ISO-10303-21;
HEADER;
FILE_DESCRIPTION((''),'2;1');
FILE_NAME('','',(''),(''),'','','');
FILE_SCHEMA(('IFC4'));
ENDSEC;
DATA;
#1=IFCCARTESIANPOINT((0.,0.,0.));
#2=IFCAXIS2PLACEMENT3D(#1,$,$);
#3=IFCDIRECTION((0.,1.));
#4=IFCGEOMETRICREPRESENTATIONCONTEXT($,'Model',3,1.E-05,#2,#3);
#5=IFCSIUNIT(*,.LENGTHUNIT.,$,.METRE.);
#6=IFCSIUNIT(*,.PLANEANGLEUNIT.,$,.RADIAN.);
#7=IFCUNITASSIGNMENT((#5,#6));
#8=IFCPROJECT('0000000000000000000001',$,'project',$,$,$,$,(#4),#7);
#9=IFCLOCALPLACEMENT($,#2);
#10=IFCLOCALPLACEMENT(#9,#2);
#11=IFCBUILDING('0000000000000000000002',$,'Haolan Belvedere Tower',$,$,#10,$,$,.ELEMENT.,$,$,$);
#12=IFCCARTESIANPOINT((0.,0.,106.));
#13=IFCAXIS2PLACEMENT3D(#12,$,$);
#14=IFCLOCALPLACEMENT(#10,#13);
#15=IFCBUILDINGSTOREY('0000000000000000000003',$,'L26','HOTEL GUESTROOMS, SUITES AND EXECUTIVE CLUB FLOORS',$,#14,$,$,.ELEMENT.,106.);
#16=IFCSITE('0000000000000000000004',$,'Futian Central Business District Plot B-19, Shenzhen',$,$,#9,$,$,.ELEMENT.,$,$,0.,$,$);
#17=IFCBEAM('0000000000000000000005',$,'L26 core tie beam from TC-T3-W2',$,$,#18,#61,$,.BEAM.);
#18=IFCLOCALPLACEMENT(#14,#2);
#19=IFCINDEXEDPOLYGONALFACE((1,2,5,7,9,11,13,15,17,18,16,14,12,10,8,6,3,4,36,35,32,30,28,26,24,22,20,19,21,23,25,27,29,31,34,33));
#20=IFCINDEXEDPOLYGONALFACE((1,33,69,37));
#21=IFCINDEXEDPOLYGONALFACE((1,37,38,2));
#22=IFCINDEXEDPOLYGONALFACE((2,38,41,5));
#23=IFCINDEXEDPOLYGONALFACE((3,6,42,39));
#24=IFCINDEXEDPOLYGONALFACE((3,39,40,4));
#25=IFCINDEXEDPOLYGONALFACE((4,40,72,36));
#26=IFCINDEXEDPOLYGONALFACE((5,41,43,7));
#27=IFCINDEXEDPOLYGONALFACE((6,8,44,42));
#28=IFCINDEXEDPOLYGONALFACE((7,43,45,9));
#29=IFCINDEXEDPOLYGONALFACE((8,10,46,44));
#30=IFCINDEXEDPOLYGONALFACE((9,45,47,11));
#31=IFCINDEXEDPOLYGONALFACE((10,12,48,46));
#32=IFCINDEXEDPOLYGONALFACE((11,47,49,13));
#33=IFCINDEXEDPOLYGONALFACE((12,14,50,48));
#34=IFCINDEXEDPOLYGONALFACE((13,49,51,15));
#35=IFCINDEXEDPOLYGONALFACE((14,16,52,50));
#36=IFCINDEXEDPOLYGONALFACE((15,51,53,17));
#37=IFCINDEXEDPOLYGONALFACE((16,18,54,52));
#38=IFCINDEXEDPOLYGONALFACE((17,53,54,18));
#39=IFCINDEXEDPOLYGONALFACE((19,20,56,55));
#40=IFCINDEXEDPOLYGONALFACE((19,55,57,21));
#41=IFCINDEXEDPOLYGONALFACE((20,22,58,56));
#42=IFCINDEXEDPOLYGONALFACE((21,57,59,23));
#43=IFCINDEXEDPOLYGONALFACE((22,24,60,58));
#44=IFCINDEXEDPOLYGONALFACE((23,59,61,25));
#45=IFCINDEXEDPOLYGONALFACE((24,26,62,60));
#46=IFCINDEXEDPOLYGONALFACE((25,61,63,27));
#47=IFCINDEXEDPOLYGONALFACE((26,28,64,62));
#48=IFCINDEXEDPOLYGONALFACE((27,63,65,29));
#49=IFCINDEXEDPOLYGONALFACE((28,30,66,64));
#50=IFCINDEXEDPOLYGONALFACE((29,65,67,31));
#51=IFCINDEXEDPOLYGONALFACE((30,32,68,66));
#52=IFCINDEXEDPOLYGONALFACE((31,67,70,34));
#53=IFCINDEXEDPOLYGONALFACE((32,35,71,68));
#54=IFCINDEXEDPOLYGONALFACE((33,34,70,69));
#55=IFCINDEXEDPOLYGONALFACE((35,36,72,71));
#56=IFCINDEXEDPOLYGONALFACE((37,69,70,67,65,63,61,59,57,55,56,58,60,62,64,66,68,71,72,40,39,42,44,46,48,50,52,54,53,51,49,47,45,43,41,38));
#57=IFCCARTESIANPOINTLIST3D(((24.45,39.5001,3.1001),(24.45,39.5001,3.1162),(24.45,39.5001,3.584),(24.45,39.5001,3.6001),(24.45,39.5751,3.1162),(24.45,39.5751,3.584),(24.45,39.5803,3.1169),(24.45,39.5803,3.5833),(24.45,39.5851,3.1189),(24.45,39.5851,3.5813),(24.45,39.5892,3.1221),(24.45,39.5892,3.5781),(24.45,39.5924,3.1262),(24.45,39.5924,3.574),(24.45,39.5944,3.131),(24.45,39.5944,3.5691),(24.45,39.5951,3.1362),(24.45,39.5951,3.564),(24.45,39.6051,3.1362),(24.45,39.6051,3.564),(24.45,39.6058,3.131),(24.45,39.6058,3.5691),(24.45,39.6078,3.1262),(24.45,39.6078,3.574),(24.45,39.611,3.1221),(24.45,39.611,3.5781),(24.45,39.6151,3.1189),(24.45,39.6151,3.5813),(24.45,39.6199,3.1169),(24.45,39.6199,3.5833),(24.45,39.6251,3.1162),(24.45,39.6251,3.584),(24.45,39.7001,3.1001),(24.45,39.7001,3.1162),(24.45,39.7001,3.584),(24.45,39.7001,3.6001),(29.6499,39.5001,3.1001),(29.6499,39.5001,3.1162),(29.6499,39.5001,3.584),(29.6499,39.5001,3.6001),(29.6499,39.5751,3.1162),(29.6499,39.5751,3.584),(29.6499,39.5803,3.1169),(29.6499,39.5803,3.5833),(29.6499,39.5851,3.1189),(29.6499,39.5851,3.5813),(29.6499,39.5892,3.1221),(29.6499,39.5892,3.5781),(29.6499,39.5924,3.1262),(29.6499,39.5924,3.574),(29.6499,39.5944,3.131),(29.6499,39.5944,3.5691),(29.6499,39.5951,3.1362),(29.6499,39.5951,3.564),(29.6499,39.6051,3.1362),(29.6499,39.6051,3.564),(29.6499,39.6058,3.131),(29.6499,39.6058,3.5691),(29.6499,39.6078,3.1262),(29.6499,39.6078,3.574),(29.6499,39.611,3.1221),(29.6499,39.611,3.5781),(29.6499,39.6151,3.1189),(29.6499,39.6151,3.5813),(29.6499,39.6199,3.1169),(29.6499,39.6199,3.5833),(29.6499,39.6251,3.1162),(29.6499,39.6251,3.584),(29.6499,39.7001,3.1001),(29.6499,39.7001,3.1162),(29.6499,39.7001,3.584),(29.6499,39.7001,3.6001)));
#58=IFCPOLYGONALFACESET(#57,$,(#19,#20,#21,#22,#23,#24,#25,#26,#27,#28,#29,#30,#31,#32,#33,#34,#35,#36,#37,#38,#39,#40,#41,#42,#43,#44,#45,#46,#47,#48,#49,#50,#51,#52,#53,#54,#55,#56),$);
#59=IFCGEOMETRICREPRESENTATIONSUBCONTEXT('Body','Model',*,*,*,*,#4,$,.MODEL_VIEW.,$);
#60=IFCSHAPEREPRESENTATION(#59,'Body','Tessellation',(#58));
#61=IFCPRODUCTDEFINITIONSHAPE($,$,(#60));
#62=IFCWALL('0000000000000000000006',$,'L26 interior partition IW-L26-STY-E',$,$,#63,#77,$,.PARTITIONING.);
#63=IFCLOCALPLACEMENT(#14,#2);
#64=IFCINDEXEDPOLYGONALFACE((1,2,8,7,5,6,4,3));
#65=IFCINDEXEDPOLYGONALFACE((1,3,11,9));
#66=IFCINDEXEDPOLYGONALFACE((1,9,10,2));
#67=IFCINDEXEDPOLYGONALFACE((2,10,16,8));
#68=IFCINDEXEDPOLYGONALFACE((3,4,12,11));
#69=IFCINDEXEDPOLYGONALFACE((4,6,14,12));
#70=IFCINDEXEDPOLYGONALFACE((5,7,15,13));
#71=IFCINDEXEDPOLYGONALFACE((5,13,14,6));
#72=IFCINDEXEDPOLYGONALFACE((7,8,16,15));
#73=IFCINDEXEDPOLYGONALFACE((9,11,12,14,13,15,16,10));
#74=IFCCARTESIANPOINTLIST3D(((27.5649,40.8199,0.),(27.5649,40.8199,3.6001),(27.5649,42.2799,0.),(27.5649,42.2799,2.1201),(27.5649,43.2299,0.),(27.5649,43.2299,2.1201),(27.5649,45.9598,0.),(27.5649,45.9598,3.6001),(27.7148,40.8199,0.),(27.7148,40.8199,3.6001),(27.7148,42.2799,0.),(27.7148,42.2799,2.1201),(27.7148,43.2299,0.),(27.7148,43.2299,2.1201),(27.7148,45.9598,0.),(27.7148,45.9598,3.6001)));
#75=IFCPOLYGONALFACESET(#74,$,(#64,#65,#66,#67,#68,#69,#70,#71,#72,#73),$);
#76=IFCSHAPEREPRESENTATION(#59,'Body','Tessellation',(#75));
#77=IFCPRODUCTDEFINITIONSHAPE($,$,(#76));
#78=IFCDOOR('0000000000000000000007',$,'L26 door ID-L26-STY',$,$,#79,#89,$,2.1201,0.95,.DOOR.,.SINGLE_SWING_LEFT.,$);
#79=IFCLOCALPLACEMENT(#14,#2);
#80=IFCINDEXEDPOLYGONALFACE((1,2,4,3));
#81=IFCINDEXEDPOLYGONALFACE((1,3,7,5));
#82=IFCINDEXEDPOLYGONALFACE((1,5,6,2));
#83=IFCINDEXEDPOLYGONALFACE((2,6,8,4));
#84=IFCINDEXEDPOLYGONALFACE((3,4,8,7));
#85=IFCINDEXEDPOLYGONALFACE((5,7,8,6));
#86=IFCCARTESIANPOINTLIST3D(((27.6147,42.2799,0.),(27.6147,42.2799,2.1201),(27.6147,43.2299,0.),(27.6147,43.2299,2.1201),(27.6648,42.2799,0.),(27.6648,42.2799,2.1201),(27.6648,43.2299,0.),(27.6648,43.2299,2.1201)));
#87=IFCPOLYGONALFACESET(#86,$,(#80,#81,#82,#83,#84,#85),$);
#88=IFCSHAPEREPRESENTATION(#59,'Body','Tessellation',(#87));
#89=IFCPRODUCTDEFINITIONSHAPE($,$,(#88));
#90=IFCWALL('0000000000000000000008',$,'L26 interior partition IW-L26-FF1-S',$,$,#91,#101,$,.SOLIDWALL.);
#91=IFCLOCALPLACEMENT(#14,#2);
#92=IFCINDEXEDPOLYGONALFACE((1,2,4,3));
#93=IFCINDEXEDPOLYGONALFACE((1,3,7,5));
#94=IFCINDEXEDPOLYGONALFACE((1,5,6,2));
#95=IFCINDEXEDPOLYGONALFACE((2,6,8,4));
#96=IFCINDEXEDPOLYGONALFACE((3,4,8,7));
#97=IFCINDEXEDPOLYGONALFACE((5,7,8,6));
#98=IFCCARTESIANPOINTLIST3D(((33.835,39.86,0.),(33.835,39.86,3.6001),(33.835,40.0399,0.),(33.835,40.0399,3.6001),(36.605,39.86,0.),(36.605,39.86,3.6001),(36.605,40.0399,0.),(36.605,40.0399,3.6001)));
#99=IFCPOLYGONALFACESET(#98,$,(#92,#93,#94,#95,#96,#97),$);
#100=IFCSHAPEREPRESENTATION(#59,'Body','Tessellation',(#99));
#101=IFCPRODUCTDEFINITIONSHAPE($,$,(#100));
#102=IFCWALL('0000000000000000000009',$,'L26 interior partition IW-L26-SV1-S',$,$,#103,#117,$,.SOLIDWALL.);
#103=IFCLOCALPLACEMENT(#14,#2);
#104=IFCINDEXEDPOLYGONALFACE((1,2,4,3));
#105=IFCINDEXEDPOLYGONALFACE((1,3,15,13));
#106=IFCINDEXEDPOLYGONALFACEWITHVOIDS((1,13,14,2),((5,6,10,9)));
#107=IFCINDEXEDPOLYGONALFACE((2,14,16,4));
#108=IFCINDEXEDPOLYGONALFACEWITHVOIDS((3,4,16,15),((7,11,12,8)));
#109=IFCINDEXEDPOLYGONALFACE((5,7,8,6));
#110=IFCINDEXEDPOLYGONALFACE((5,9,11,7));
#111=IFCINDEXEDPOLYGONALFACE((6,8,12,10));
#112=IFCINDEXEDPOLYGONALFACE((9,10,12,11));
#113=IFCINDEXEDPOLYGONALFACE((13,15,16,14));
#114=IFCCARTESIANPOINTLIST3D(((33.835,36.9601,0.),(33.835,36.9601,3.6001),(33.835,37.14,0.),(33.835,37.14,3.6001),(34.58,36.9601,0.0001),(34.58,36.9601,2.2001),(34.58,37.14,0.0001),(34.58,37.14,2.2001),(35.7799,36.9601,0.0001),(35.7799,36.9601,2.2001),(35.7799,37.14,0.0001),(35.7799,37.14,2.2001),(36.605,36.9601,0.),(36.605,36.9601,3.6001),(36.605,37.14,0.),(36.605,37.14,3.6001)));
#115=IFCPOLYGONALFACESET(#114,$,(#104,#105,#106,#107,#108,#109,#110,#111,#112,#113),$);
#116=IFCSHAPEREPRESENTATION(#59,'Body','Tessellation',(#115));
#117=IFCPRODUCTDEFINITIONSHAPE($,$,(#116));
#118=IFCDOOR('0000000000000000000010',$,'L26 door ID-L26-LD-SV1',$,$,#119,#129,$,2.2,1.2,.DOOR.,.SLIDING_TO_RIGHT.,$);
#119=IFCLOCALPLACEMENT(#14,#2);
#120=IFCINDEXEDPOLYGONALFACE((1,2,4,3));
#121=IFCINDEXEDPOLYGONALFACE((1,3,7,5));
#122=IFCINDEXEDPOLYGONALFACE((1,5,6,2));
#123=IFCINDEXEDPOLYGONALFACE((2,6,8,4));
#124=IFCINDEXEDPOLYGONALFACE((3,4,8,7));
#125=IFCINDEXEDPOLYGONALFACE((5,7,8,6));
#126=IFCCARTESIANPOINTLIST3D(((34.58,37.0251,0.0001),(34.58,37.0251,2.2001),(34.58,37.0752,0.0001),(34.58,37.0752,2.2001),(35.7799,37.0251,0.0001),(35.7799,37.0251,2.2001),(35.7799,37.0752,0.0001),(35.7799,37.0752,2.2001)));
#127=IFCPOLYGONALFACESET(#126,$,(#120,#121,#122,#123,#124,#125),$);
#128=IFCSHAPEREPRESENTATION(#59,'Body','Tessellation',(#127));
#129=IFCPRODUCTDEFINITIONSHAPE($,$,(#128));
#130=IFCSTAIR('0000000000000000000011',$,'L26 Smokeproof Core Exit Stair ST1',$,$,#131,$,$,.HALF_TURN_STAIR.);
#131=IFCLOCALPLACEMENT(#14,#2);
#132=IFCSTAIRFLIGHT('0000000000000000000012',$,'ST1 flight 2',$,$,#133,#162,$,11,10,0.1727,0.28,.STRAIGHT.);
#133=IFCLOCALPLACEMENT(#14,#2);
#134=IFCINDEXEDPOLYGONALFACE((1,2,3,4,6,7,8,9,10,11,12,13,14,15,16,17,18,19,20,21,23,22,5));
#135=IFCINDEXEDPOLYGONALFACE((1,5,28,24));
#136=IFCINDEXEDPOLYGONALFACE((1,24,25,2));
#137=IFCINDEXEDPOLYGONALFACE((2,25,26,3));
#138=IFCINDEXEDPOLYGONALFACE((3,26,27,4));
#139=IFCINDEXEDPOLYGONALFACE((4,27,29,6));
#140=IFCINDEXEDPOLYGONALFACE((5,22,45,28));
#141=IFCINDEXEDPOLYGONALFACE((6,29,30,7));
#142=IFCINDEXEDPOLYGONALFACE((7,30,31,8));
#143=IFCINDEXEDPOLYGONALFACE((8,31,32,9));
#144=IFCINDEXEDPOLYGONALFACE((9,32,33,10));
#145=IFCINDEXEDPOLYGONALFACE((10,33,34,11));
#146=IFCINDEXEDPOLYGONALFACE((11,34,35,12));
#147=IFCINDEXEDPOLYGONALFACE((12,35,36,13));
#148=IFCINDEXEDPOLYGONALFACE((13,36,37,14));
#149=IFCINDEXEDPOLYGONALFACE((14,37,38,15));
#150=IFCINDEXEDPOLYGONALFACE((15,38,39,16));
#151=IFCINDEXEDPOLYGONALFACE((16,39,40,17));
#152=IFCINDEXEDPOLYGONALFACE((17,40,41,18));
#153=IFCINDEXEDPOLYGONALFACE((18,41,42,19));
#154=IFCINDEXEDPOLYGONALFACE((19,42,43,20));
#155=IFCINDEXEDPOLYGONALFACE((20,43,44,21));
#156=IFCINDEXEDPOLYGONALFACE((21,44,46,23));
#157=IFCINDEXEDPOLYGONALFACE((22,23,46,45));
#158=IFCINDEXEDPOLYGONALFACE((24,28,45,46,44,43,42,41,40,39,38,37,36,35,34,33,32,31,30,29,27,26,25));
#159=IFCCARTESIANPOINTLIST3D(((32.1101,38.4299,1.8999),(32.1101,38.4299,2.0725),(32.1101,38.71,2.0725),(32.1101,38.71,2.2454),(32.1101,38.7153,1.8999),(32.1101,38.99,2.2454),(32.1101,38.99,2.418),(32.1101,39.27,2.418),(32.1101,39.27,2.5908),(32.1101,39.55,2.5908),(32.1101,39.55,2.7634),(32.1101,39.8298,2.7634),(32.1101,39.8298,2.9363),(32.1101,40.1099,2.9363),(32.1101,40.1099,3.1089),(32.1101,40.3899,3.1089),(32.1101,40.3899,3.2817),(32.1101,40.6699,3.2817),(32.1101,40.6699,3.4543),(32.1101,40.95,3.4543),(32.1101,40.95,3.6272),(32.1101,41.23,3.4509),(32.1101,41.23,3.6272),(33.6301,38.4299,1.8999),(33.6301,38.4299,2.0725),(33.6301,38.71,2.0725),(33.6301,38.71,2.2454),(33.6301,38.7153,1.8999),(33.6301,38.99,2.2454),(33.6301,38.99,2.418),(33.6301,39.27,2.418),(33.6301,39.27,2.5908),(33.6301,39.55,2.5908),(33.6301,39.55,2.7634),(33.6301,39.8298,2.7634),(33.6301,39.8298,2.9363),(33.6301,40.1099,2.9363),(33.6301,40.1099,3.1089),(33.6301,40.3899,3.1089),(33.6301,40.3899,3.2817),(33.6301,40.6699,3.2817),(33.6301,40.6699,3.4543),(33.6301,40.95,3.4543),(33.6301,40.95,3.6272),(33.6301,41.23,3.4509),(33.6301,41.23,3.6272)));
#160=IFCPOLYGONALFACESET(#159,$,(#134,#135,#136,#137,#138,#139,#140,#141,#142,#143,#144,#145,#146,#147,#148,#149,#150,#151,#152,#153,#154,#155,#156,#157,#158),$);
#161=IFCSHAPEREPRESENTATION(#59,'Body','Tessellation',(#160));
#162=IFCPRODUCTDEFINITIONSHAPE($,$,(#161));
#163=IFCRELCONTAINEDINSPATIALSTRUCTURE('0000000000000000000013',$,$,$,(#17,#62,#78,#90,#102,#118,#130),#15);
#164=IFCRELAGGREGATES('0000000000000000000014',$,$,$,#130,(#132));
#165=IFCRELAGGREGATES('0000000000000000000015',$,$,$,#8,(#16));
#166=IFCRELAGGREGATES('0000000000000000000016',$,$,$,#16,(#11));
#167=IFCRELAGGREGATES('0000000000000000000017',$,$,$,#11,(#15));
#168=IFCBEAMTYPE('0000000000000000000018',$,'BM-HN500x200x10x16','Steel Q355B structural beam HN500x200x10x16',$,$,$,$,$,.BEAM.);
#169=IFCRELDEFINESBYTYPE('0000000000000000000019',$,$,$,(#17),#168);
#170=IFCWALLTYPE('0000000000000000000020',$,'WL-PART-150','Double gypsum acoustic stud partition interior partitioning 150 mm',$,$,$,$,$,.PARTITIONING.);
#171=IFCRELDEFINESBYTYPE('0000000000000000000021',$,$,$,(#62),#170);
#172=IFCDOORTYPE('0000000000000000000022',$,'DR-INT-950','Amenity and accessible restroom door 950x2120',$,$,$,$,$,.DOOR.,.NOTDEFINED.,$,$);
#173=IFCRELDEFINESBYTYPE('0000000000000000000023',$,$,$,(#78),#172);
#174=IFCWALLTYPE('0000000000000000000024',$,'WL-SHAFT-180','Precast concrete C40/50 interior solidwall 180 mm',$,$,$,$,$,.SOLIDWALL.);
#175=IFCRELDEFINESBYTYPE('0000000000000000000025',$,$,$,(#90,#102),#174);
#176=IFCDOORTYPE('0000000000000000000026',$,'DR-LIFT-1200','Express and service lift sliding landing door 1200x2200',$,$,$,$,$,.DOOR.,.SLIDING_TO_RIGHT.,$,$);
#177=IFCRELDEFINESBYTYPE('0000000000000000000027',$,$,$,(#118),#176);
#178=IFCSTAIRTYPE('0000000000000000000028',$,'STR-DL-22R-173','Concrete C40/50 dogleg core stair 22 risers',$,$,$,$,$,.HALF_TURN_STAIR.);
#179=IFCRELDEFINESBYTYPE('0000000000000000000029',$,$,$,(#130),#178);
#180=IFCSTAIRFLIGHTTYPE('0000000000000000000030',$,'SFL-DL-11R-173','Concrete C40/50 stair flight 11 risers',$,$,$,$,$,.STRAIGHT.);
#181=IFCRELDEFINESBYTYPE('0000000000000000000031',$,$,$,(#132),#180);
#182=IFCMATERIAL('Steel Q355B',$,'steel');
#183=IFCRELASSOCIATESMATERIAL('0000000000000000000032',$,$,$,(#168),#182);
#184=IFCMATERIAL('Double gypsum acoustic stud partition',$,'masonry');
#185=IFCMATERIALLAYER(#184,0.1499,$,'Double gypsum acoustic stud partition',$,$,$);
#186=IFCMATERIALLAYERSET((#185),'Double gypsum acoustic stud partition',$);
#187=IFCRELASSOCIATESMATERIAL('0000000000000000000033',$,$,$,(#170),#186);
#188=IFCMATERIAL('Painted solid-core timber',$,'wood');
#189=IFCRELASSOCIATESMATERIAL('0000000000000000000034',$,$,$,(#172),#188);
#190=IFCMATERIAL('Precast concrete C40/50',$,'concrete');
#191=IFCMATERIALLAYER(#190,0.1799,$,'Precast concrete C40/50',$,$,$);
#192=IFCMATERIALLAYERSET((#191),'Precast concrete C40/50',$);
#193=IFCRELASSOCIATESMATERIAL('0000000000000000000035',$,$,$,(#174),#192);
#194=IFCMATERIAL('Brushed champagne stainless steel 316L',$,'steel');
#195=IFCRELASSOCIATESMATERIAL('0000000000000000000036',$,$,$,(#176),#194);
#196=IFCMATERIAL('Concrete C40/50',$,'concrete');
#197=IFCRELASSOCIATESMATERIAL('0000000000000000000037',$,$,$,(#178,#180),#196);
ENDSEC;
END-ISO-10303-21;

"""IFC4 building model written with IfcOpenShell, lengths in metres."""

from ifc_helpers import new_model, si_unit, direction, frame, frame_2d, origin, origin_2d, place, context, subcontext, project, spatial, polyline, rectangle, i_section, outline, extrude, material, layer, layer_set, material_profile, profile_set, type_object, element, fill, aggregate, save


model = new_model("IFC4")

# Units and contexts
model_context = context("Model", 3, precision=1e-05, world=origin(), true_north=direction((0.0, 1.0)))
body_context = subcontext(model_context, "Body", "Model", "MODEL_VIEW")
ifc_project = project(units=[si_unit("LENGTHUNIT", "METRE"), si_unit("PLANEANGLEUNIT", "RADIAN")], contexts=[model_context])

# Site, building, storey
site_placement = place(None, origin())
site = spatial("IfcSite", under=ifc_project, at=site_placement, Name="Futian Central Business District Plot B-19, Shenzhen", CompositionType="ELEMENT", RefElevation=0.0)
building_placement = place(site_placement, origin())
building = spatial("IfcBuilding", under=site, at=building_placement, Name="Haolan Belvedere Tower", CompositionType="ELEMENT")
storey_placement = place(building_placement, frame((0.0, 0.0, 106.0)))
storey = spatial("IfcBuildingStorey", under=building, at=storey_placement, Name="L26", Description="HOTEL GUESTROOMS, SUITES AND EXECUTIVE CLUB FLOORS", CompositionType="ELEMENT", Elevation=106.0)

# Beam
ifc_material_1 = material(Name="Steel Q355B", Category="steel")
ifc_material_profile = material_profile(ifc_material_1, i_section(OverallWidth=0.2, OverallDepth=0.5, WebThickness=0.01, FlangeThickness=0.0161, FilletRadius=0.02, at=origin_2d()), Name="Steel Q355B")
ifc_profile_set = profile_set([ifc_material_profile], Name="Steel Q355B")
beam_type = type_object("IfcBeamType", Name="BM-HN500x200x10x16", Description="Steel Q355B structural beam HN500x200x10x16", PredefinedType="BEAM", material=ifc_profile_set)
beam_placement = place(storey_placement, frame((24.45, 39.6001, 3.3501), z_axis=(1.0, 0.0, 0.0), x_axis=(0.0, 1.0, 0.0)))
element("IfcBeam", 1, at=beam_placement, inside=storey, type_object=beam_type, Name="L26 core tie beam from TC-T3-W2", PredefinedType="BEAM", context=body_context, shape_type="SweptSolid", body=[
    extrude(i_section(OverallWidth=0.2, OverallDepth=0.5, WebThickness=0.01, FlangeThickness=0.0161, FilletRadius=0.02, at=origin_2d()), origin(), (0.0, 0.0, 1.0), 5.2),
])

# Wall, opening, door
ifc_material_2 = material(Name="Double gypsum acoustic stud partition", Category="masonry")
ifc_layer_1 = layer(ifc_material_2, 0.1499, Name="Double gypsum acoustic stud partition")
ifc_layer_set_1 = layer_set([ifc_layer_1], Name="Double gypsum acoustic stud partition")
wall_type_1 = type_object("IfcWallType", Name="WL-PART-150", Description="Double gypsum acoustic stud partition interior partitioning 150 mm", PredefinedType="PARTITIONING", material=ifc_layer_set_1)
ifc_material_3 = material(Name="Painted solid-core timber", Category="wood")
door_type_1 = type_object("IfcDoorType", Name="DR-INT-950", Description="Amenity and accessible restroom door 950x2120", OperationType="NOTDEFINED", PredefinedType="DOOR", material=ifc_material_3)
wall_1_placement = place(storey_placement, frame((27.6399, 40.8201, 0.0), z_axis=(0.0, 0.0, 1.0), x_axis=(0.0, 1.0, 0.0)))
wall_1 = element("IfcWall", 2, at=wall_1_placement, inside=storey, type_object=wall_type_1, Name="L26 interior partition IW-L26-STY-E", PredefinedType="PARTITIONING", context=body_context, shape_type="SweptSolid", body=[
    extrude(rectangle(XDim=5.1399, YDim=0.1499, at=frame_2d((2.5698, 0.0))), origin(), (0.0, 0.0, 1.0), 3.6001),
])
opening_1_placement = place(wall_1_placement, frame((2.4099, 0.0, 0.0), z_axis=(0.0, 0.0, 1.0), x_axis=(-1.0, 0.0, 0.0)))
opening_1 = element("IfcOpeningElement", 3, at=opening_1_placement, cuts=wall_1, PredefinedType="OPENING", context=body_context, shape_type="SweptSolid", body=[
    extrude(rectangle(XDim=0.95, YDim=2.1201, at=frame_2d((0.4751, 1.0601))), frame((0.0, 0.085, 0.0), z_axis=(0.0, -1.0, 0.0), x_axis=(1.0, 0.0, 0.0)), (0.0, 0.0, 1.0), 0.1699),
])
door_1_placement = place(opening_1_placement, origin())
door_1 = element("IfcDoor", 4, at=door_1_placement, inside=storey, type_object=door_type_1, Name="L26 door ID-L26-STY", OperationType="SINGLE_SWING_LEFT", OverallHeight=2.1201, OverallWidth=0.95, PredefinedType="DOOR", context=body_context, shape_type="SweptSolid", body=[
    extrude(rectangle(XDim=0.95, YDim=2.1201, at=frame_2d((0.4751, 1.0601))), frame((0.0, 0.0249, 0.0), z_axis=(0.0, -1.0, 0.0), x_axis=(1.0, 0.0, 0.0)), (0.0, 0.0, 1.0), 0.05),
])
fill(opening_1, door_1)

# Wall
ifc_material_4 = material(Name="Precast concrete C40/50", Category="concrete")
ifc_layer_2 = layer(ifc_material_4, 0.1799, Name="Precast concrete C40/50")
ifc_layer_set_2 = layer_set([ifc_layer_2], Name="Precast concrete C40/50")
wall_type_2 = type_object("IfcWallType", Name="WL-SHAFT-180", Description="Precast concrete C40/50 interior solidwall 180 mm", PredefinedType="SOLIDWALL", material=ifc_layer_set_2)
wall_2_placement = place(storey_placement, frame((33.835, 39.95, 0.0), z_axis=(0.0, 0.0, 1.0), x_axis=(1.0, 0.0, 0.0)))
element("IfcWall", 5, at=wall_2_placement, inside=storey, type_object=wall_type_2, Name="L26 interior partition IW-L26-FF1-S", PredefinedType="SOLIDWALL", context=body_context, shape_type="SweptSolid", body=[
    extrude(rectangle(XDim=2.77, YDim=0.1799, at=frame_2d((1.385, 0.0))), origin(), (0.0, 0.0, 1.0), 3.6001),
])

# Wall, opening, door
wall_3_placement = place(storey_placement, frame((33.835, 37.05, 0.0), z_axis=(0.0, 0.0, 1.0), x_axis=(1.0, 0.0, 0.0)))
wall_3 = element("IfcWall", 6, at=wall_3_placement, inside=storey, type_object=wall_type_2, Name="L26 interior partition IW-L26-SV1-S", PredefinedType="SOLIDWALL", context=body_context, shape_type="SweptSolid", body=[
    extrude(rectangle(XDim=2.77, YDim=0.1799, at=frame_2d((1.385, 0.0))), origin(), (0.0, 0.0, 1.0), 3.6001),
])
opening_2_placement = place(wall_3_placement, frame((1.9451, 0.0, 0.0), z_axis=(0.0, 0.0, 1.0), x_axis=(-1.0, 0.0, 0.0)))
opening_2 = element("IfcOpeningElement", 7, at=opening_2_placement, cuts=wall_3, PredefinedType="OPENING", context=body_context, shape_type="SweptSolid", body=[
    extrude(rectangle(XDim=1.2, YDim=2.2, at=frame_2d((0.6001, 1.1001))), frame((0.0, 0.0999, 0.0), z_axis=(0.0, -1.0, 0.0), x_axis=(1.0, 0.0, 0.0)), (0.0, 0.0, 1.0), 0.2),
])
ifc_material_5 = material(Name="Brushed champagne stainless steel 316L", Category="steel")
door_type_2 = type_object("IfcDoorType", Name="DR-LIFT-1200", Description="Express and service lift sliding landing door 1200x2200", OperationType="SLIDING_TO_RIGHT", PredefinedType="DOOR", material=ifc_material_5)
door_2_placement = place(opening_2_placement, origin())
door_2 = element("IfcDoor", 8, at=door_2_placement, inside=storey, type_object=door_type_2, Name="L26 door ID-L26-LD-SV1", OperationType="SLIDING_TO_RIGHT", OverallHeight=2.2, OverallWidth=1.2, PredefinedType="DOOR", context=body_context, shape_type="SweptSolid", body=[
    extrude(rectangle(XDim=1.2, YDim=2.2, at=frame_2d((0.6001, 1.1001))), frame((0.0, 0.0249, 0.0), z_axis=(0.0, -1.0, 0.0), x_axis=(1.0, 0.0, 0.0)), (0.0, 0.0, 1.0), 0.05),
])
fill(opening_2, door_2)

# Stair, stair flight
ifc_material_6 = material(Name="Concrete C40/50", Category="concrete")
stair_type = type_object("IfcStairType", Name="STR-DL-22R-173", Description="Concrete C40/50 dogleg core stair 22 risers", PredefinedType="HALF_TURN_STAIR", material=ifc_material_6)
stair_placement = place(storey_placement, origin())
stair = element("IfcStair", 9, at=stair_placement, inside=storey, type_object=stair_type, Name="L26 Smokeproof Core Exit Stair ST1", PredefinedType="HALF_TURN_STAIR")
stair_flight_type = type_object("IfcStairFlightType", Name="SFL-DL-11R-173", Description="Concrete C40/50 stair flight 11 risers", PredefinedType="STRAIGHT", material=ifc_material_6)
stair_flight_placement = place(storey_placement, frame((32.8701, 38.4299, 1.8999), z_axis=(0.0, 0.0, 1.0), x_axis=(0.0, 1.0, 0.0)))
stair_flight = element("IfcStairFlight", 10, at=stair_flight_placement, type_object=stair_flight_type, Name="ST1 flight 2", NumberOfRisers=11, NumberOfTreads=10, PredefinedType="STRAIGHT", RiserHeight=0.1727, TreadLength=0.28, context=body_context, shape_type="SweptSolid", body=[
    extrude(outline(polyline([(0.0, 0.0), (0.0, 0.1726), (0.28, 0.1726), (0.28, 0.3455), (0.5601, 0.3455), (0.5601, 0.5181), (0.8401, 0.5181), (0.8401, 0.6909), (1.1201, 0.6909), (1.1201, 0.8635), (1.3999, 0.8635), (1.3999, 1.0364), (1.6799, 1.0364), (1.6799, 1.209), (1.96, 1.209), (1.96, 1.3818), (2.24, 1.3818), (2.24, 1.5544), (2.52, 1.5544), (2.52, 1.7273), (2.8, 1.7273), (2.8, 1.8999), (2.8, 1.551), (0.2854, 0.0), (0.0, 0.0)])), frame((0.0, 0.76, 0.0), z_axis=(0.0, -1.0, 0.0), x_axis=(1.0, 0.0, 0.0)), (0.0, 0.0, 1.0), 1.52),
])
aggregate(stair, [stair_flight])

save(model, "model.ifc")
